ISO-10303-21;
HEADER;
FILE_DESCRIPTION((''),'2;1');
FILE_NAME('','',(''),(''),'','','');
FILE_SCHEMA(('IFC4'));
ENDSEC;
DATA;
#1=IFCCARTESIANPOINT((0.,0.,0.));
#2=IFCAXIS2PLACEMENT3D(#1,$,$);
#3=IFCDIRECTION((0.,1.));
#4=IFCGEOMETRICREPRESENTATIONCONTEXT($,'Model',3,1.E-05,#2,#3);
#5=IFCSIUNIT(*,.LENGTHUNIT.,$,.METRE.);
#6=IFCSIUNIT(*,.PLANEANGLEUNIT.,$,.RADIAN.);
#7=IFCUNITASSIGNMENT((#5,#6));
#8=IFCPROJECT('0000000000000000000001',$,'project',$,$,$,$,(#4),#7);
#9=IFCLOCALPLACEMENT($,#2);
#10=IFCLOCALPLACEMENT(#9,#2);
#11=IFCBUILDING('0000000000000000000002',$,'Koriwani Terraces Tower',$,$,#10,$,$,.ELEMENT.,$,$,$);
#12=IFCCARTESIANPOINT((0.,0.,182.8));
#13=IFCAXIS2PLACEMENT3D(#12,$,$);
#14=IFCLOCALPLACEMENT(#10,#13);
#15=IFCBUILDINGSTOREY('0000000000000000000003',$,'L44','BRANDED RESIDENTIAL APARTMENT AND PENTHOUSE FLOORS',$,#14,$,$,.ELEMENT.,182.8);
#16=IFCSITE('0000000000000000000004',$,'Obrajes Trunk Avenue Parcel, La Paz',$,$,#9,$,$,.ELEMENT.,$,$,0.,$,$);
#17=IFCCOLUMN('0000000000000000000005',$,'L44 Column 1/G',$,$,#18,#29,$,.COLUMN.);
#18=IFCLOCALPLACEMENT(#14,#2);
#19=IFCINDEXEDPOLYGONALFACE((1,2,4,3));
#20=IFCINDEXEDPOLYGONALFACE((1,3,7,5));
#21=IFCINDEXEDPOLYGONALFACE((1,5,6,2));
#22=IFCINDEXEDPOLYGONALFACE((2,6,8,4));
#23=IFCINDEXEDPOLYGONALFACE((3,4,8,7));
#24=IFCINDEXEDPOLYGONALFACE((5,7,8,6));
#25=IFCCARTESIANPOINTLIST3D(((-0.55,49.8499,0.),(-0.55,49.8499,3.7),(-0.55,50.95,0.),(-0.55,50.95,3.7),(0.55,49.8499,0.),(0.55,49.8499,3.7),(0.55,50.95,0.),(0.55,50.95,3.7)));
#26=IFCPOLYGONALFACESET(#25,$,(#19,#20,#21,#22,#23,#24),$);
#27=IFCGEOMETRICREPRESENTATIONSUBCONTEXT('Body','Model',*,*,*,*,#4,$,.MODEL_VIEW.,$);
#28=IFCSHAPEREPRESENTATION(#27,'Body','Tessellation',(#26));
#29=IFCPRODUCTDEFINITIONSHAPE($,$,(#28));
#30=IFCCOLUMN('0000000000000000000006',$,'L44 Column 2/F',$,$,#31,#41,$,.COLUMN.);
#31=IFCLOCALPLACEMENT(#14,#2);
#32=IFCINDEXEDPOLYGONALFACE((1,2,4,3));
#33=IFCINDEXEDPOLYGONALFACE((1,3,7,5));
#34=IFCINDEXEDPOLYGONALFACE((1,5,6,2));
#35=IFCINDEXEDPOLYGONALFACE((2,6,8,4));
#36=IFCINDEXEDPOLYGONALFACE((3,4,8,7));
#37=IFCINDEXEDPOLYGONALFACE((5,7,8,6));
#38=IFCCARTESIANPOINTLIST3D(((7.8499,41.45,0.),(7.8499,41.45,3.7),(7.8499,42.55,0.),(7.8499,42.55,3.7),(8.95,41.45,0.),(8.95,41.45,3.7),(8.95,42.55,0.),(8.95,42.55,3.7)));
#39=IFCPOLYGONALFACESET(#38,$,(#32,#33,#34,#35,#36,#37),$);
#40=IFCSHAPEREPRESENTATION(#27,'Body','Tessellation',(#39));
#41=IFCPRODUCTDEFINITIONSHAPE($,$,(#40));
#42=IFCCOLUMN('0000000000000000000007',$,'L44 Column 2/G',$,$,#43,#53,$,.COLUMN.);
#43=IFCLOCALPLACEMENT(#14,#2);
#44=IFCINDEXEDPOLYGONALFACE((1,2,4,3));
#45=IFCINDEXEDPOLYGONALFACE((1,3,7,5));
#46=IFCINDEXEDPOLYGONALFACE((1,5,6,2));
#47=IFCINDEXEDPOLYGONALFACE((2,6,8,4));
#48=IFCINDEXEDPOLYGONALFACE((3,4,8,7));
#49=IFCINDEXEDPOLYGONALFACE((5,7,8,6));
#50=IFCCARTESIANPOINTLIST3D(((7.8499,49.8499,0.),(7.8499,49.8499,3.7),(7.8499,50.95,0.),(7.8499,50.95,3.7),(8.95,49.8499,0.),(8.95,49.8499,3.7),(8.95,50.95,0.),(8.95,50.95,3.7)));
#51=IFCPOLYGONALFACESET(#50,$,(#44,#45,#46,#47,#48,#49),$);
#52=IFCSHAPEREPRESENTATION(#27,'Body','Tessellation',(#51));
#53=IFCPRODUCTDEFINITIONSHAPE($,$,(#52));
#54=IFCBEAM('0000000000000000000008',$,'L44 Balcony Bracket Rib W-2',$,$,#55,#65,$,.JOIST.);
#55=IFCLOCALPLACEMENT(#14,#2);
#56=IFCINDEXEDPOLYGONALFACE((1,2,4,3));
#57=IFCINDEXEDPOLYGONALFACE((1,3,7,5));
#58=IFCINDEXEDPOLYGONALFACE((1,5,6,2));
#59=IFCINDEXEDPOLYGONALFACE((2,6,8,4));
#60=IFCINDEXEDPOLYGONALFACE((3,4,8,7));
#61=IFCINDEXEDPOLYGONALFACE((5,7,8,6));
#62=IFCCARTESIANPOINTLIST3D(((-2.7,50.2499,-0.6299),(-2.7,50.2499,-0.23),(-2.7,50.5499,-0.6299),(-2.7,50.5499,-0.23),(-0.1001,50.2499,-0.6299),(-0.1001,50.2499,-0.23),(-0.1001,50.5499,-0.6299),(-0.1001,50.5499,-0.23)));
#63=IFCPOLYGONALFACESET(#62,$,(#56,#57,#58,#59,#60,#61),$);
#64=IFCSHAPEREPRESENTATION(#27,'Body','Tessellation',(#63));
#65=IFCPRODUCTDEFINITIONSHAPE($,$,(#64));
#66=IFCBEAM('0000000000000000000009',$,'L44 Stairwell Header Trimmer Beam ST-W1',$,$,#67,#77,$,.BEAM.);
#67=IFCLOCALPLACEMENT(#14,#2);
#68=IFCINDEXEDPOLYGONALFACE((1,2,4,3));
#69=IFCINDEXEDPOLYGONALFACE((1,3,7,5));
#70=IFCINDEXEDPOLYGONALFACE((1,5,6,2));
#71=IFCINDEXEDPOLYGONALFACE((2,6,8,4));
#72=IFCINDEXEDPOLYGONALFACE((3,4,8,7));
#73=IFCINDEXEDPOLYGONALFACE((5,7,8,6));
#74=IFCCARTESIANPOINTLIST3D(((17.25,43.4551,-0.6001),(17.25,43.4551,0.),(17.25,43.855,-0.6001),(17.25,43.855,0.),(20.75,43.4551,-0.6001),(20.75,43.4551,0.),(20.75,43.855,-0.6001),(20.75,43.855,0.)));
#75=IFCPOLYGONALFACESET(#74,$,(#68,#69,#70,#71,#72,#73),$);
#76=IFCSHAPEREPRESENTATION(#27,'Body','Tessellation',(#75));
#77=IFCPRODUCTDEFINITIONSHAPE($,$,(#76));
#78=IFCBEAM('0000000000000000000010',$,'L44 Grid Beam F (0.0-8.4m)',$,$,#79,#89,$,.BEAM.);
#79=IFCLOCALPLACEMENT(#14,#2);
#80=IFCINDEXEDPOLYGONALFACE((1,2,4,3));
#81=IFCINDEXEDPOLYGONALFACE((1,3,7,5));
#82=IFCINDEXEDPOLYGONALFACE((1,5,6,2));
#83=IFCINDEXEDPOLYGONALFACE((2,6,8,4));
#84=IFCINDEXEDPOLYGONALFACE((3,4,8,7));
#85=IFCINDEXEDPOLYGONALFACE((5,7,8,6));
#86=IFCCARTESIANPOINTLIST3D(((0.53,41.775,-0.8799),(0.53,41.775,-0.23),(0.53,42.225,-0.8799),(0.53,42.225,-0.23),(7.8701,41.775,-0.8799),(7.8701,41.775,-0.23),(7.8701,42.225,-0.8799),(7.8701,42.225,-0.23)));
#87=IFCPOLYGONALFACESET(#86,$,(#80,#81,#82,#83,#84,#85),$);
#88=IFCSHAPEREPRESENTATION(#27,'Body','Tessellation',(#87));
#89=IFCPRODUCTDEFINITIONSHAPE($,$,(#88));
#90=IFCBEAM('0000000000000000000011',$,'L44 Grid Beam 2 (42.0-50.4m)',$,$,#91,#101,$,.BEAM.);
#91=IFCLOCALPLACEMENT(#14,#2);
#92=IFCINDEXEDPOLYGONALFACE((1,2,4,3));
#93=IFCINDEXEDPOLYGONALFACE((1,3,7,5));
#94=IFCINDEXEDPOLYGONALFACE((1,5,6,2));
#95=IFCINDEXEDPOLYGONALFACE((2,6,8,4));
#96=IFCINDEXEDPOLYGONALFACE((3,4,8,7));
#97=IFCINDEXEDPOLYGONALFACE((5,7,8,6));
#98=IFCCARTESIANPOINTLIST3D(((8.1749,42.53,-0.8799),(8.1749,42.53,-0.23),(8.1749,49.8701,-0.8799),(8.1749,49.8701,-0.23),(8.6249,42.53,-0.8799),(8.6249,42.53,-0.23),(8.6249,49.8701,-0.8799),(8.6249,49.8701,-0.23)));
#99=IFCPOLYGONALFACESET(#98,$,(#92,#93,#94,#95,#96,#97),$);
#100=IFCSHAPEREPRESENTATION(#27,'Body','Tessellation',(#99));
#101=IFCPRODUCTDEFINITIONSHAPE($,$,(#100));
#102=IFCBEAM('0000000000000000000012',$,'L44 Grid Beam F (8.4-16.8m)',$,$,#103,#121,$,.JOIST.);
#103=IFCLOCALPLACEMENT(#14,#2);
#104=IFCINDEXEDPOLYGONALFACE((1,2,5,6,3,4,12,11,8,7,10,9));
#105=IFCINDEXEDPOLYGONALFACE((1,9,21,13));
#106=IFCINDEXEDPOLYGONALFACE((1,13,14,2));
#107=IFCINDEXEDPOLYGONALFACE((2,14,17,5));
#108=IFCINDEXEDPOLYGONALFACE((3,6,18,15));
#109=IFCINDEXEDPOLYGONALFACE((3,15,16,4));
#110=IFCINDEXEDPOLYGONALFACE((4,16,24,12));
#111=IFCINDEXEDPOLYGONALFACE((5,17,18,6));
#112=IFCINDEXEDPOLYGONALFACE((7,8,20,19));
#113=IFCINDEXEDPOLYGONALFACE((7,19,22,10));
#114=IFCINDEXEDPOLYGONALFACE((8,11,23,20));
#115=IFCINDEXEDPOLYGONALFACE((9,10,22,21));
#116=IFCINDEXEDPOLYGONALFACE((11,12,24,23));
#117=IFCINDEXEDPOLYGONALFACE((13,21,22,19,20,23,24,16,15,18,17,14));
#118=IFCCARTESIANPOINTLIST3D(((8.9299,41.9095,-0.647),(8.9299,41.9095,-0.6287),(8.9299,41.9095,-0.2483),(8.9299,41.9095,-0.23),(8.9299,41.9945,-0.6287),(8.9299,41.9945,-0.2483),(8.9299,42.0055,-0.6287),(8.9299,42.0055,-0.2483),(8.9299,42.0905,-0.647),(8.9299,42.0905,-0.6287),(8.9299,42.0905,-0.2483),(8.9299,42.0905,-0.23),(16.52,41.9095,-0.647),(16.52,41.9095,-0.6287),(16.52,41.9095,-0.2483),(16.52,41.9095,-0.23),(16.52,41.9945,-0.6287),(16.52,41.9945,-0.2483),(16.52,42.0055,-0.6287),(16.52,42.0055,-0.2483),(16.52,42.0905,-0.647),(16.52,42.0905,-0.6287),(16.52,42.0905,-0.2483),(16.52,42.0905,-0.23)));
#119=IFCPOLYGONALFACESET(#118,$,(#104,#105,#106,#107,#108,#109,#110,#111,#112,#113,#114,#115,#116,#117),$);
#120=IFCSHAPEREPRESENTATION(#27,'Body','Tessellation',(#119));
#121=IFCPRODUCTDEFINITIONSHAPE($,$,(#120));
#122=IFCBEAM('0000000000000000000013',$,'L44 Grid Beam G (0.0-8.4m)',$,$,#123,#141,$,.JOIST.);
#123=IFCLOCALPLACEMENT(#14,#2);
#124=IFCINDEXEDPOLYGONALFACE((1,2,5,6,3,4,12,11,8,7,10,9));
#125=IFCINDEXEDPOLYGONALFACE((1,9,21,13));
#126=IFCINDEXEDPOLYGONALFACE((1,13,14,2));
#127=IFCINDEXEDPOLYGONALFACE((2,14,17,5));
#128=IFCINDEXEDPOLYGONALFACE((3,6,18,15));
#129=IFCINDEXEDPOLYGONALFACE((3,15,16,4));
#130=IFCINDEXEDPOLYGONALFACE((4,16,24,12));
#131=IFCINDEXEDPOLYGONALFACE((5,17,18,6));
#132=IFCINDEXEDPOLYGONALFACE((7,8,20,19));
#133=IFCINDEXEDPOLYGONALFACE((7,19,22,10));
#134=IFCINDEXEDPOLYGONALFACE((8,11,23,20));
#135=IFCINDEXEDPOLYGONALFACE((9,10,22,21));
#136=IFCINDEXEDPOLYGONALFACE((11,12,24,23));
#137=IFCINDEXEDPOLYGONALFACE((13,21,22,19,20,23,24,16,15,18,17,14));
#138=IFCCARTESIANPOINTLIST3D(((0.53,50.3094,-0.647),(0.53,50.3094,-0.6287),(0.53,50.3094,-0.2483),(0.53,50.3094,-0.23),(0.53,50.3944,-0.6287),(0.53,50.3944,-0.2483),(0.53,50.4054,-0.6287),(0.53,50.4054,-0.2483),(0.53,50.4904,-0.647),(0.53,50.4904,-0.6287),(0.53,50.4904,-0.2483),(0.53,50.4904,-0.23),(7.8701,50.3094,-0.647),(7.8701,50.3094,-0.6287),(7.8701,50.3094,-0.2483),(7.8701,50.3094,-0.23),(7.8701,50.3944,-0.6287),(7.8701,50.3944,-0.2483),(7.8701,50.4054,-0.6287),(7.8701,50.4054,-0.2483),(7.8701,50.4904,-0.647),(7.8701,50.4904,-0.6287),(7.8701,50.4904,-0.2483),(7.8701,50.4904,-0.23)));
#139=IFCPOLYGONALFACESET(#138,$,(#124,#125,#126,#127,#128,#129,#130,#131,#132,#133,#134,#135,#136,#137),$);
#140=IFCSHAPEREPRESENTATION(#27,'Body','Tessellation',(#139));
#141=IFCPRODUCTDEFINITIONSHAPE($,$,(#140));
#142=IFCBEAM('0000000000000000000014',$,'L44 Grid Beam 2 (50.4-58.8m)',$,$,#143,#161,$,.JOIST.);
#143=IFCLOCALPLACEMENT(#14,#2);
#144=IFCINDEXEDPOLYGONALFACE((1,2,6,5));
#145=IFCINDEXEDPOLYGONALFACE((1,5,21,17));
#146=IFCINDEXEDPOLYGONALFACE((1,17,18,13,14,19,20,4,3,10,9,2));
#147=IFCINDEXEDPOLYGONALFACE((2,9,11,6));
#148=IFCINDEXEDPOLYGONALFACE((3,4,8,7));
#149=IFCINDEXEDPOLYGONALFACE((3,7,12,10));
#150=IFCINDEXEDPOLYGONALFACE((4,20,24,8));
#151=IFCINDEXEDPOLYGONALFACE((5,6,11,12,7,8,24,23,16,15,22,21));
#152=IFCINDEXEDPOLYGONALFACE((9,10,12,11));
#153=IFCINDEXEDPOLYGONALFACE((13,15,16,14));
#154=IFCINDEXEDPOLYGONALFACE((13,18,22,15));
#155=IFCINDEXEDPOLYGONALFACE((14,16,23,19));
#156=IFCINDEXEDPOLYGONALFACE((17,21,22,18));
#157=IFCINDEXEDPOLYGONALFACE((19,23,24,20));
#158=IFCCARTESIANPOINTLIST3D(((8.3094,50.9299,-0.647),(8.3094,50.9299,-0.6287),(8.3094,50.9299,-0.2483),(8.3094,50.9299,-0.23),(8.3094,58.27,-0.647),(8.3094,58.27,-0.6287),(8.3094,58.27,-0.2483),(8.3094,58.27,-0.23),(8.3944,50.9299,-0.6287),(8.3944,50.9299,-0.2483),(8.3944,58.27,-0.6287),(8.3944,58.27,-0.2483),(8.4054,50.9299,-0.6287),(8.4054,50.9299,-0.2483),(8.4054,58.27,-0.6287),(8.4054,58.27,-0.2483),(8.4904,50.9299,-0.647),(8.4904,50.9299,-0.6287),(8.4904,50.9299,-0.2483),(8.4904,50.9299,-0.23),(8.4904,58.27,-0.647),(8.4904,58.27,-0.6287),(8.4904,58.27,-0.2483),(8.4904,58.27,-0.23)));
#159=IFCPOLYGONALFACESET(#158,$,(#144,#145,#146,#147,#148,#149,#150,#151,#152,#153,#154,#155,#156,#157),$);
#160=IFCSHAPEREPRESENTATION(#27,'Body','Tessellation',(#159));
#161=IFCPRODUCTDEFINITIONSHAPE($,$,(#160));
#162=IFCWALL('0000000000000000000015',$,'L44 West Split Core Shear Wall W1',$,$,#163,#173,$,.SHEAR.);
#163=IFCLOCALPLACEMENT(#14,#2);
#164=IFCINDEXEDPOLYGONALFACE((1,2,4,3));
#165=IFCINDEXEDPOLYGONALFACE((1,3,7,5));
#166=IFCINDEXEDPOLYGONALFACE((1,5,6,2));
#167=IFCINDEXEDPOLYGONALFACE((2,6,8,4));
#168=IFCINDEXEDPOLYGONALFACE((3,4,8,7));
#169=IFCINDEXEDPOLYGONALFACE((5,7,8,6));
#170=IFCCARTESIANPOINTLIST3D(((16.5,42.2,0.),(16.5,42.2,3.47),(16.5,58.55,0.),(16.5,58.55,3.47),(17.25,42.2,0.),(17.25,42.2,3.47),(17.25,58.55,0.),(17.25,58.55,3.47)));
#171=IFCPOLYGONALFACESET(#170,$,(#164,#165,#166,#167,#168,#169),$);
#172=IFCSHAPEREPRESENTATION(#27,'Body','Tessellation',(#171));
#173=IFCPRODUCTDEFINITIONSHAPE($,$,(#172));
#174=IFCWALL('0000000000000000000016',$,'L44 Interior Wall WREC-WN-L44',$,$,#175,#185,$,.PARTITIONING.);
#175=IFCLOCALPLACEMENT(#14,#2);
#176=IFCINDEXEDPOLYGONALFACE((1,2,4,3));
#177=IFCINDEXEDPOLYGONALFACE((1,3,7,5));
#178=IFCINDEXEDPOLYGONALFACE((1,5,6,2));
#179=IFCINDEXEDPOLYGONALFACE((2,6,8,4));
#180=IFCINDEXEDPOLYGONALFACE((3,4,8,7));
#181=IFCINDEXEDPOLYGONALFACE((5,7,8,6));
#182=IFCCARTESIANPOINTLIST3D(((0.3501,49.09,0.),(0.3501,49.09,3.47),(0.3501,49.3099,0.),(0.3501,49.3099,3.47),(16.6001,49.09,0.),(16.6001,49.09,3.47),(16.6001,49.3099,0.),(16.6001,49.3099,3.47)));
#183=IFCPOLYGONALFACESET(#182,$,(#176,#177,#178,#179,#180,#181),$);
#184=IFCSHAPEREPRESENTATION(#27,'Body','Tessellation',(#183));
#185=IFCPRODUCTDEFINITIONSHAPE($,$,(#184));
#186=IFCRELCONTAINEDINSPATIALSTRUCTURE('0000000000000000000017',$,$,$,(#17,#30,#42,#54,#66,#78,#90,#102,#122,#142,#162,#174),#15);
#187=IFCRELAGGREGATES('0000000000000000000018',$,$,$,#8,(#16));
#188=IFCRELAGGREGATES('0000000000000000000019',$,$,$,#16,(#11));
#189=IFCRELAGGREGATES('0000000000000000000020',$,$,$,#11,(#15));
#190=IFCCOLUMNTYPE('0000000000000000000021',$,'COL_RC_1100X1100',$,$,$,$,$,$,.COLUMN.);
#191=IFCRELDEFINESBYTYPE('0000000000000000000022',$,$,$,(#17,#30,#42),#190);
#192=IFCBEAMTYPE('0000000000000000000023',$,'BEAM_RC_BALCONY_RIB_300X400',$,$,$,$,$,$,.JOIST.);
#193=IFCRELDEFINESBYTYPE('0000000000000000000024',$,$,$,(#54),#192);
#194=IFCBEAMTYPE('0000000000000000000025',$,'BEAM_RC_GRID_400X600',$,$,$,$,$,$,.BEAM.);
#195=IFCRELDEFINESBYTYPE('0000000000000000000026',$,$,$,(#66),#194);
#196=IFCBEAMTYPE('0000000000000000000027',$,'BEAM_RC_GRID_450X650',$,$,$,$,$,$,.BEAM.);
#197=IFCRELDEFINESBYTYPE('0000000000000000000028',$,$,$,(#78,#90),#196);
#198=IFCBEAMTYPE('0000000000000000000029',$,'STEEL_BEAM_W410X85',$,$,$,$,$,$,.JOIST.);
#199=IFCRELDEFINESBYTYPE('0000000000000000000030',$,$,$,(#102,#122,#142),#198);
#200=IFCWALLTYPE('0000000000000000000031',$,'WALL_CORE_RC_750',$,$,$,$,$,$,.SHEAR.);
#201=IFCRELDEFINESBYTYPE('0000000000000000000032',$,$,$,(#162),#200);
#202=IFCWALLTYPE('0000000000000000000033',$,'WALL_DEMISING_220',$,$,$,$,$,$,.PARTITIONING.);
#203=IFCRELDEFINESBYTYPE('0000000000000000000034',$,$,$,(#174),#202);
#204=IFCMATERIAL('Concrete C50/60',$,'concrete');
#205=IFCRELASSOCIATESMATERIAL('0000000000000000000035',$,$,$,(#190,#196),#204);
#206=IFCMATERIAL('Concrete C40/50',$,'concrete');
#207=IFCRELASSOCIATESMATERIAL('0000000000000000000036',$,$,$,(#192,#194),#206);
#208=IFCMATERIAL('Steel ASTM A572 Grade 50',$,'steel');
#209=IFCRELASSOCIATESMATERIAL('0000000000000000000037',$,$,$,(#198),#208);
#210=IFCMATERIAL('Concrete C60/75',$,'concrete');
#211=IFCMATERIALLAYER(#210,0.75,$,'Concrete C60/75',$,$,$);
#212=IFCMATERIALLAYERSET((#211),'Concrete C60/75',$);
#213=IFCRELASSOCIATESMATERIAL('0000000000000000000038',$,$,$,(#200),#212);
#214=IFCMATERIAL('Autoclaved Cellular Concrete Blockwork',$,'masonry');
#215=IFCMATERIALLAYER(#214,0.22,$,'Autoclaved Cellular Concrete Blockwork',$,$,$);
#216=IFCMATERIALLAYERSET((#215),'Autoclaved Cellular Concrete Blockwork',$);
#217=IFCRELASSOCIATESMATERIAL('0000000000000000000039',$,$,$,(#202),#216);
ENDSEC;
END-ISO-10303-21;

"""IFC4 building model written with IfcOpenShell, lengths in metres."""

from ifc_helpers import new_model, si_unit, direction, frame, frame_2d, origin, origin_2d, place, context, subcontext, project, spatial, rectangle, i_section, extrude, material, layer, layer_set, material_profile, profile_set, type_object, element, save


model = new_model("IFC4")

# Units and contexts
model_context = context("Model", 3, precision=1e-05, world=origin(), true_north=direction((0.0, 1.0)))
body_context = subcontext(model_context, "Body", "Model", "MODEL_VIEW")
ifc_project = project(units=[si_unit("LENGTHUNIT", "METRE"), si_unit("PLANEANGLEUNIT", "RADIAN")], contexts=[model_context])

# Site, building, storey
site_placement = place(None, origin())
site = spatial("IfcSite", under=ifc_project, at=site_placement, Name="Obrajes Trunk Avenue Parcel, La Paz", CompositionType="ELEMENT", RefElevation=0.0)
building_placement = place(site_placement, origin())
building = spatial("IfcBuilding", under=site, at=building_placement, Name="Koriwani Terraces Tower", CompositionType="ELEMENT")
storey_placement = place(building_placement, frame((0.0, 0.0, 182.8)))
storey = spatial("IfcBuildingStorey", under=building, at=storey_placement, Name="L44", Description="BRANDED RESIDENTIAL APARTMENT AND PENTHOUSE FLOORS", CompositionType="ELEMENT", Elevation=182.8)

# Columns
ifc_material_1 = material(Name="Concrete C50/60", Category="concrete")
ifc_material_profile_1 = material_profile(ifc_material_1, rectangle(XDim=1.1001, YDim=1.1001, at=origin_2d()), Name="Concrete C50/60", Category="LoadBearing")
ifc_profile_set_1 = profile_set([ifc_material_profile_1], Name="Concrete C50/60")
column_type = type_object("IfcColumnType", Name="COL_RC_1100X1100", PredefinedType="COLUMN", material=ifc_profile_set_1)
for number, where, z_axis, x_axis, name in (
    (1, (0.0, 50.3999, 0.0), (0.0, 0.0, 1.0), (1.0, 0.0, 0.0), "L44 Column 1/G"),
    (2, (8.3999, 42.0, 0.0), (0.0, 0.0, 1.0), (1.0, 0.0, 0.0), "L44 Column 2/F"),
    (3, (8.3999, 50.3999, 0.0), (0.0, 0.0, 1.0), (1.0, 0.0, 0.0), "L44 Column 2/G"),
):
    element("IfcColumn", number, at=place(storey_placement, frame(where, z_axis=z_axis, x_axis=x_axis)), inside=storey, type_object=column_type, Name=name, PredefinedType="COLUMN", context=body_context, shape_type="SweptSolid", body=[
        extrude(rectangle(XDim=1.1001, YDim=1.1001, at=origin_2d()), origin(), (0.0, 0.0, 1.0), 3.7),
    ])

# Beams
ifc_material_2 = material(Name="Concrete C40/50", Category="concrete")
ifc_material_profile_2 = material_profile(ifc_material_2, rectangle(XDim=0.3, YDim=0.3999, at=origin_2d()), Name="Concrete C40/50", Category="LoadBearing")
ifc_profile_set_2 = profile_set([ifc_material_profile_2], Name="Concrete C40/50")
beam_type_1 = type_object("IfcBeamType", Name="BEAM_RC_BALCONY_RIB_300X400", PredefinedType="JOIST", material=ifc_profile_set_2)
beam_1_placement = place(storey_placement, frame((-2.7, 50.3999, -0.4299), z_axis=(1.0, 0.0, 0.0), x_axis=(0.0, 1.0, 0.0)))
element("IfcBeam", 4, at=beam_1_placement, inside=storey, type_object=beam_type_1, Name="L44 Balcony Bracket Rib W-2", PredefinedType="JOIST", context=body_context, shape_type="SweptSolid", body=[
    extrude(rectangle(XDim=0.3, YDim=0.3999, at=origin_2d()), origin(), (0.0, 0.0, 1.0), 2.5999),
])
ifc_material_profile_3 = material_profile(ifc_material_2, rectangle(XDim=0.3999, YDim=0.6001, at=origin_2d()), Name="Concrete C40/50", Category="LoadBearing")
ifc_profile_set_3 = profile_set([ifc_material_profile_3], Name="Concrete C40/50")
beam_type_2 = type_object("IfcBeamType", Name="BEAM_RC_GRID_400X600", PredefinedType="BEAM", material=ifc_profile_set_3)
beam_2_placement = place(storey_placement, frame((17.25, 43.655, -0.3), z_axis=(1.0, 0.0, 0.0), x_axis=(0.0, 1.0, 0.0)))
element("IfcBeam", 5, at=beam_2_placement, inside=storey, type_object=beam_type_2, Name="L44 Stairwell Header Trimmer Beam ST-W1", PredefinedType="BEAM", context=body_context, shape_type="SweptSolid", body=[
    extrude(rectangle(XDim=0.3999, YDim=0.6001, at=origin_2d()), origin(), (0.0, 0.0, 1.0), 3.5),
])
ifc_material_profile_4 = material_profile(ifc_material_1, rectangle(XDim=0.45, YDim=0.6499, at=origin_2d()), Name="Concrete C50/60", Category="LoadBearing")
ifc_profile_set_4 = profile_set([ifc_material_profile_4], Name="Concrete C50/60")
beam_type_3 = type_object("IfcBeamType", Name="BEAM_RC_GRID_450X650", PredefinedType="BEAM", material=ifc_profile_set_4)
for number, where, z_axis, x_axis, name in (
    (6, (0.53, 42.0, -0.5549), (1.0, 0.0, 0.0), (0.0, 1.0, 0.0), "L44 Grid Beam F (0.0-8.4m)"),
    (7, (8.3999, 42.53, -0.5549), (0.0, 1.0, 0.0), (-1.0, 0.0, 0.0), "L44 Grid Beam 2 (42.0-50.4m)"),
):
    element("IfcBeam", number, at=place(storey_placement, frame(where, z_axis=z_axis, x_axis=x_axis)), inside=storey, type_object=beam_type_3, Name=name, PredefinedType="BEAM", context=body_context, shape_type="SweptSolid", body=[
        extrude(rectangle(XDim=0.45, YDim=0.6499, at=origin_2d()), origin(), (0.0, 0.0, 1.0), 7.3401),
    ])
ifc_material_3 = material(Name="Steel ASTM A572 Grade 50", Category="steel")
ifc_material_profile_5 = material_profile(ifc_material_3, i_section(OverallWidth=0.1809, OverallDepth=0.417, WebThickness=0.011, FlangeThickness=0.0183, at=origin_2d()), Name="Steel ASTM A572 Grade 50", Category="LoadBearing")
ifc_profile_set_5 = profile_set([ifc_material_profile_5], Name="Steel ASTM A572 Grade 50")
beam_type_4 = type_object("IfcBeamType", Name="STEEL_BEAM_W410X85", PredefinedType="JOIST", material=ifc_profile_set_5)
beam_3_placement = place(storey_placement, frame((8.9299, 42.0, -0.4385), z_axis=(1.0, 0.0, 0.0), x_axis=(0.0, 1.0, 0.0)))
element("IfcBeam", 8, at=beam_3_placement, inside=storey, type_object=beam_type_4, Name="L44 Grid Beam F (8.4-16.8m)", PredefinedType="JOIST", context=body_context, shape_type="SweptSolid", body=[
    extrude(i_section(OverallWidth=0.1809, OverallDepth=0.417, WebThickness=0.011, FlangeThickness=0.0183, at=origin_2d()), origin(), (0.0, 0.0, 1.0), 7.5901),
])
for number, where, z_axis, x_axis, name in (
    (9, (0.53, 50.3999, -0.4385), (1.0, 0.0, 0.0), (0.0, 1.0, 0.0), "L44 Grid Beam G (0.0-8.4m)"),
    (10, (8.3999, 50.9299, -0.4385), (0.0, 1.0, 0.0), (-1.0, 0.0, 0.0), "L44 Grid Beam 2 (50.4-58.8m)"),
):
    element("IfcBeam", number, at=place(storey_placement, frame(where, z_axis=z_axis, x_axis=x_axis)), inside=storey, type_object=beam_type_4, Name=name, PredefinedType="JOIST", context=body_context, shape_type="SweptSolid", body=[
        extrude(i_section(OverallWidth=0.1809, OverallDepth=0.417, WebThickness=0.011, FlangeThickness=0.0183, at=origin_2d()), origin(), (0.0, 0.0, 1.0), 7.3401),
    ])

# Walls
ifc_material_4 = material(Name="Concrete C60/75", Category="concrete")
ifc_layer_1 = layer(ifc_material_4, 0.75, Name="Concrete C60/75")
ifc_layer_set_1 = layer_set([ifc_layer_1], Name="Concrete C60/75")
wall_type_1 = type_object("IfcWallType", Name="WALL_CORE_RC_750", PredefinedType="SHEAR", material=ifc_layer_set_1)
wall_1_placement = place(storey_placement, frame((16.875, 42.2, 0.0), z_axis=(0.0, 0.0, 1.0), x_axis=(0.0, 1.0, 0.0)))
element("IfcWall", 11, at=wall_1_placement, inside=storey, type_object=wall_type_1, Name="L44 West Split Core Shear Wall W1", PredefinedType="SHEAR", context=body_context, shape_type="SweptSolid", body=[
    extrude(rectangle(XDim=16.3501, YDim=0.75, at=frame_2d((8.175, 0.0))), origin(), (0.0, 0.0, 1.0), 3.47),
])
ifc_material_5 = material(Name="Autoclaved Cellular Concrete Blockwork", Category="masonry")
ifc_layer_2 = layer(ifc_material_5, 0.22, Name="Autoclaved Cellular Concrete Blockwork")
ifc_layer_set_2 = layer_set([ifc_layer_2], Name="Autoclaved Cellular Concrete Blockwork")
wall_type_2 = type_object("IfcWallType", Name="WALL_DEMISING_220", PredefinedType="PARTITIONING", material=ifc_layer_set_2)
wall_2_placement = place(storey_placement, frame((0.3501, 49.2, 0.0), z_axis=(0.0, 0.0, 1.0), x_axis=(1.0, 0.0, 0.0)))
element("IfcWall", 12, at=wall_2_placement, inside=storey, type_object=wall_type_2, Name="L44 Interior Wall WREC-WN-L44", PredefinedType="PARTITIONING", context=body_context, shape_type="SweptSolid", body=[
    extrude(rectangle(XDim=16.25, YDim=0.22, at=frame_2d((8.125, 0.0))), origin(), (0.0, 0.0, 1.0), 3.47),
])

save(model, "model.ifc")
